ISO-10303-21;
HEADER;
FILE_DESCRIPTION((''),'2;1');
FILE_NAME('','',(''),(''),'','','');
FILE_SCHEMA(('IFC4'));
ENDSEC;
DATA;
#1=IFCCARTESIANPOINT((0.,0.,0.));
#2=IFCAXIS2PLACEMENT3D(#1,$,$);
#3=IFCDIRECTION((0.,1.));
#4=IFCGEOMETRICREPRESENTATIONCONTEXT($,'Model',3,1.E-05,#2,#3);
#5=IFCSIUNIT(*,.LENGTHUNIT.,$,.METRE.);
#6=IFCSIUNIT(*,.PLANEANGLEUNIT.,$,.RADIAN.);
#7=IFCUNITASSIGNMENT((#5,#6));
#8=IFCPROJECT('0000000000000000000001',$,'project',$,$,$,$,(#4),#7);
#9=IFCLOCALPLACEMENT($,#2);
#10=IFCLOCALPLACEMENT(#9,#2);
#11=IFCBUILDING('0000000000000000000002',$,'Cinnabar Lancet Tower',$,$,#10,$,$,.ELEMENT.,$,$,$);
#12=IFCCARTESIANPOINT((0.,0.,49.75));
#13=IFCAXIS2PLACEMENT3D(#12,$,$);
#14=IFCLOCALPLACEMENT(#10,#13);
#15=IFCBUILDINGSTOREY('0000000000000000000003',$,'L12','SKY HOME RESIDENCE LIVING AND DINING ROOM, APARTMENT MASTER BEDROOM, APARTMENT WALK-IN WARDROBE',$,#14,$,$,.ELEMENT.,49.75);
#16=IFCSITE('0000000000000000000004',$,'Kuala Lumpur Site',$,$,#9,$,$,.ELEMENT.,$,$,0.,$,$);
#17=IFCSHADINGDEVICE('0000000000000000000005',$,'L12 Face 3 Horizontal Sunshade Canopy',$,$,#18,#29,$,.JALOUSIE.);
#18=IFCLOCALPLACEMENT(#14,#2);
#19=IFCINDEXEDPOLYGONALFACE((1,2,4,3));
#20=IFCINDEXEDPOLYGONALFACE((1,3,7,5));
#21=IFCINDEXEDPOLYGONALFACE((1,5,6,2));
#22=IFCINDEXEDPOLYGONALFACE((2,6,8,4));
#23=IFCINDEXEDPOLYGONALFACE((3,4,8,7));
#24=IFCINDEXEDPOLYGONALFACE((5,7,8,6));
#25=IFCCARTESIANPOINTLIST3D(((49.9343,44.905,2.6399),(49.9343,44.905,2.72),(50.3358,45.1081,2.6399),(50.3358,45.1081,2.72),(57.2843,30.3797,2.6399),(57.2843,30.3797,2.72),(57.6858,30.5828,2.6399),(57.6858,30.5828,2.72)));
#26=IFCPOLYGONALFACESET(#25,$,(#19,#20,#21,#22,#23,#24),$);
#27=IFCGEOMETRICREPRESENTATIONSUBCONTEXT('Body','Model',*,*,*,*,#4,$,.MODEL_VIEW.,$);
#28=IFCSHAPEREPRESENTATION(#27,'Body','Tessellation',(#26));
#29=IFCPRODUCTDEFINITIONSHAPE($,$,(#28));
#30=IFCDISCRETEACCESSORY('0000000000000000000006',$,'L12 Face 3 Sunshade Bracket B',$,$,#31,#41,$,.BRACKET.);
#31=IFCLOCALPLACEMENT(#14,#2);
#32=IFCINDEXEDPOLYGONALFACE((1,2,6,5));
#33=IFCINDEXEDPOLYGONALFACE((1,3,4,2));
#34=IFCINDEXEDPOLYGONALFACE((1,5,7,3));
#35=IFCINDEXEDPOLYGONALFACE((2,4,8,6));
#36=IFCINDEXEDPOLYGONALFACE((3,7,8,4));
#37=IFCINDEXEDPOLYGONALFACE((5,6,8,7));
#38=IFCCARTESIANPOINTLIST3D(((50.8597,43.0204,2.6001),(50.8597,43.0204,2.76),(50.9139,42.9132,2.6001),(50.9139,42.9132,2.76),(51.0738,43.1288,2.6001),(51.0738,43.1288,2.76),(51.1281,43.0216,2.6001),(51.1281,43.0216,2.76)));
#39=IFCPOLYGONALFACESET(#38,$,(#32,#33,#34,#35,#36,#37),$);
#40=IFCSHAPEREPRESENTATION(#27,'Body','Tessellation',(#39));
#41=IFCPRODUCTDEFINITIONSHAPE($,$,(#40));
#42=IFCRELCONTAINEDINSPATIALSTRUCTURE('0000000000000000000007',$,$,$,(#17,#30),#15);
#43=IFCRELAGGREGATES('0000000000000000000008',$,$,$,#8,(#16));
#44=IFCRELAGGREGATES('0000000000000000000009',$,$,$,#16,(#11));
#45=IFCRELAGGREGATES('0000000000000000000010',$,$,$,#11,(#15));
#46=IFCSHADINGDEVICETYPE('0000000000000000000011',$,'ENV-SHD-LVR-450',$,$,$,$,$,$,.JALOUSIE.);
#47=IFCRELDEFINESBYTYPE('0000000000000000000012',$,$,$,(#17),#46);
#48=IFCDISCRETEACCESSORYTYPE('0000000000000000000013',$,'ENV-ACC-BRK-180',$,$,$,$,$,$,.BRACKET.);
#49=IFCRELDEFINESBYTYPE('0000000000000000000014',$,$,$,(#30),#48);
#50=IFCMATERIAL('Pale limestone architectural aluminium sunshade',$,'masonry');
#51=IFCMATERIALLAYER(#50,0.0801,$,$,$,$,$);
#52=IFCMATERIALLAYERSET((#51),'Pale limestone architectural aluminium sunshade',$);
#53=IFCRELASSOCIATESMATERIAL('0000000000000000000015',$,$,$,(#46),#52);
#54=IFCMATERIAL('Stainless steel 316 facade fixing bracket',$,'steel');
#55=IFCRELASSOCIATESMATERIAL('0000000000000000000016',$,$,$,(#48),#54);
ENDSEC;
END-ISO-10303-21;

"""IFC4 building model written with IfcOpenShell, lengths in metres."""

from ifc_helpers import new_model, si_unit, direction, frame, origin, origin_2d, place, context, subcontext, project, spatial, rectangle, extrude, material, layer, layer_set, type_object, element, save


model = new_model("IFC4")

# Units and contexts
model_context = context("Model", 3, precision=1e-05, world=origin(), true_north=direction((0.0, 1.0)))
body_context = subcontext(model_context, "Body", "Model", "MODEL_VIEW")
ifc_project = project(units=[si_unit("LENGTHUNIT", "METRE"), si_unit("PLANEANGLEUNIT", "RADIAN")], contexts=[model_context])

# Site, building, storey
site_placement = place(None, origin())
site = spatial("IfcSite", under=ifc_project, at=site_placement, Name="Kuala Lumpur Site", CompositionType="ELEMENT", RefElevation=0.0)
building_placement = place(site_placement, origin())
building = spatial("IfcBuilding", under=site, at=building_placement, Name="Cinnabar Lancet Tower", CompositionType="ELEMENT")
storey_placement = place(building_placement, frame((0.0, 0.0, 49.75)))
storey = spatial("IfcBuildingStorey", under=building, at=storey_placement, Name="L12", Description="SKY HOME RESIDENCE LIVING AND DINING ROOM, APARTMENT MASTER BEDROOM, APARTMENT WALK-IN WARDROBE", CompositionType="ELEMENT", Elevation=49.75)

# Shading device
ifc_material_1 = material(Name="Pale limestone architectural aluminium sunshade", Category="masonry")
ifc_layer_1 = layer(ifc_material_1, 0.0801)
ifc_layer_set_1 = layer_set([ifc_layer_1], Name="Pale limestone architectural aluminium sunshade")
shading_device_type = type_object("IfcShadingDeviceType", Name="ENV-SHD-LVR-450", PredefinedType="JALOUSIE", material=ifc_layer_set_1)
shading_device_placement = place(storey_placement, frame((53.8101, 37.7439, 2.6399), z_axis=(0.0, 0.0, 1.0), x_axis=(-0.451501, 0.892271, 0.0)))
element("IfcShadingDevice", 1, at=shading_device_placement, inside=storey, type_object=shading_device_type, Name="L12 Face 3 Horizontal Sunshade Canopy", PredefinedType="JALOUSIE", context=body_context, shape_type="SweptSolid", body=[
    extrude(rectangle(XDim=16.2791, YDim=0.45, at=origin_2d()), origin(), (0.0, 0.0, 1.0), 0.0801),
])

# Discrete accessory
ifc_material_2 = material(Name="Stainless steel 316 facade fixing bracket", Category="steel")
discrete_accessory_type = type_object("IfcDiscreteAccessoryType", Name="ENV-ACC-BRK-180", PredefinedType="BRACKET", material=ifc_material_2)
discrete_accessory_placement = place(storey_placement, frame((50.9939, 43.021, 2.6001), z_axis=(0.0, 0.0, 1.0), x_axis=(-0.451501, 0.892271, 0.0)))
element("IfcDiscreteAccessory", 2, at=discrete_accessory_placement, inside=storey, type_object=discrete_accessory_type, Name="L12 Face 3 Sunshade Bracket B", PredefinedType="BRACKET", context=body_context, shape_type="SweptSolid", body=[
    extrude(rectangle(XDim=0.1201, YDim=0.24, at=origin_2d()), origin(), (0.0, 0.0, 1.0), 0.1599),
])

save(model, "model.ifc")
